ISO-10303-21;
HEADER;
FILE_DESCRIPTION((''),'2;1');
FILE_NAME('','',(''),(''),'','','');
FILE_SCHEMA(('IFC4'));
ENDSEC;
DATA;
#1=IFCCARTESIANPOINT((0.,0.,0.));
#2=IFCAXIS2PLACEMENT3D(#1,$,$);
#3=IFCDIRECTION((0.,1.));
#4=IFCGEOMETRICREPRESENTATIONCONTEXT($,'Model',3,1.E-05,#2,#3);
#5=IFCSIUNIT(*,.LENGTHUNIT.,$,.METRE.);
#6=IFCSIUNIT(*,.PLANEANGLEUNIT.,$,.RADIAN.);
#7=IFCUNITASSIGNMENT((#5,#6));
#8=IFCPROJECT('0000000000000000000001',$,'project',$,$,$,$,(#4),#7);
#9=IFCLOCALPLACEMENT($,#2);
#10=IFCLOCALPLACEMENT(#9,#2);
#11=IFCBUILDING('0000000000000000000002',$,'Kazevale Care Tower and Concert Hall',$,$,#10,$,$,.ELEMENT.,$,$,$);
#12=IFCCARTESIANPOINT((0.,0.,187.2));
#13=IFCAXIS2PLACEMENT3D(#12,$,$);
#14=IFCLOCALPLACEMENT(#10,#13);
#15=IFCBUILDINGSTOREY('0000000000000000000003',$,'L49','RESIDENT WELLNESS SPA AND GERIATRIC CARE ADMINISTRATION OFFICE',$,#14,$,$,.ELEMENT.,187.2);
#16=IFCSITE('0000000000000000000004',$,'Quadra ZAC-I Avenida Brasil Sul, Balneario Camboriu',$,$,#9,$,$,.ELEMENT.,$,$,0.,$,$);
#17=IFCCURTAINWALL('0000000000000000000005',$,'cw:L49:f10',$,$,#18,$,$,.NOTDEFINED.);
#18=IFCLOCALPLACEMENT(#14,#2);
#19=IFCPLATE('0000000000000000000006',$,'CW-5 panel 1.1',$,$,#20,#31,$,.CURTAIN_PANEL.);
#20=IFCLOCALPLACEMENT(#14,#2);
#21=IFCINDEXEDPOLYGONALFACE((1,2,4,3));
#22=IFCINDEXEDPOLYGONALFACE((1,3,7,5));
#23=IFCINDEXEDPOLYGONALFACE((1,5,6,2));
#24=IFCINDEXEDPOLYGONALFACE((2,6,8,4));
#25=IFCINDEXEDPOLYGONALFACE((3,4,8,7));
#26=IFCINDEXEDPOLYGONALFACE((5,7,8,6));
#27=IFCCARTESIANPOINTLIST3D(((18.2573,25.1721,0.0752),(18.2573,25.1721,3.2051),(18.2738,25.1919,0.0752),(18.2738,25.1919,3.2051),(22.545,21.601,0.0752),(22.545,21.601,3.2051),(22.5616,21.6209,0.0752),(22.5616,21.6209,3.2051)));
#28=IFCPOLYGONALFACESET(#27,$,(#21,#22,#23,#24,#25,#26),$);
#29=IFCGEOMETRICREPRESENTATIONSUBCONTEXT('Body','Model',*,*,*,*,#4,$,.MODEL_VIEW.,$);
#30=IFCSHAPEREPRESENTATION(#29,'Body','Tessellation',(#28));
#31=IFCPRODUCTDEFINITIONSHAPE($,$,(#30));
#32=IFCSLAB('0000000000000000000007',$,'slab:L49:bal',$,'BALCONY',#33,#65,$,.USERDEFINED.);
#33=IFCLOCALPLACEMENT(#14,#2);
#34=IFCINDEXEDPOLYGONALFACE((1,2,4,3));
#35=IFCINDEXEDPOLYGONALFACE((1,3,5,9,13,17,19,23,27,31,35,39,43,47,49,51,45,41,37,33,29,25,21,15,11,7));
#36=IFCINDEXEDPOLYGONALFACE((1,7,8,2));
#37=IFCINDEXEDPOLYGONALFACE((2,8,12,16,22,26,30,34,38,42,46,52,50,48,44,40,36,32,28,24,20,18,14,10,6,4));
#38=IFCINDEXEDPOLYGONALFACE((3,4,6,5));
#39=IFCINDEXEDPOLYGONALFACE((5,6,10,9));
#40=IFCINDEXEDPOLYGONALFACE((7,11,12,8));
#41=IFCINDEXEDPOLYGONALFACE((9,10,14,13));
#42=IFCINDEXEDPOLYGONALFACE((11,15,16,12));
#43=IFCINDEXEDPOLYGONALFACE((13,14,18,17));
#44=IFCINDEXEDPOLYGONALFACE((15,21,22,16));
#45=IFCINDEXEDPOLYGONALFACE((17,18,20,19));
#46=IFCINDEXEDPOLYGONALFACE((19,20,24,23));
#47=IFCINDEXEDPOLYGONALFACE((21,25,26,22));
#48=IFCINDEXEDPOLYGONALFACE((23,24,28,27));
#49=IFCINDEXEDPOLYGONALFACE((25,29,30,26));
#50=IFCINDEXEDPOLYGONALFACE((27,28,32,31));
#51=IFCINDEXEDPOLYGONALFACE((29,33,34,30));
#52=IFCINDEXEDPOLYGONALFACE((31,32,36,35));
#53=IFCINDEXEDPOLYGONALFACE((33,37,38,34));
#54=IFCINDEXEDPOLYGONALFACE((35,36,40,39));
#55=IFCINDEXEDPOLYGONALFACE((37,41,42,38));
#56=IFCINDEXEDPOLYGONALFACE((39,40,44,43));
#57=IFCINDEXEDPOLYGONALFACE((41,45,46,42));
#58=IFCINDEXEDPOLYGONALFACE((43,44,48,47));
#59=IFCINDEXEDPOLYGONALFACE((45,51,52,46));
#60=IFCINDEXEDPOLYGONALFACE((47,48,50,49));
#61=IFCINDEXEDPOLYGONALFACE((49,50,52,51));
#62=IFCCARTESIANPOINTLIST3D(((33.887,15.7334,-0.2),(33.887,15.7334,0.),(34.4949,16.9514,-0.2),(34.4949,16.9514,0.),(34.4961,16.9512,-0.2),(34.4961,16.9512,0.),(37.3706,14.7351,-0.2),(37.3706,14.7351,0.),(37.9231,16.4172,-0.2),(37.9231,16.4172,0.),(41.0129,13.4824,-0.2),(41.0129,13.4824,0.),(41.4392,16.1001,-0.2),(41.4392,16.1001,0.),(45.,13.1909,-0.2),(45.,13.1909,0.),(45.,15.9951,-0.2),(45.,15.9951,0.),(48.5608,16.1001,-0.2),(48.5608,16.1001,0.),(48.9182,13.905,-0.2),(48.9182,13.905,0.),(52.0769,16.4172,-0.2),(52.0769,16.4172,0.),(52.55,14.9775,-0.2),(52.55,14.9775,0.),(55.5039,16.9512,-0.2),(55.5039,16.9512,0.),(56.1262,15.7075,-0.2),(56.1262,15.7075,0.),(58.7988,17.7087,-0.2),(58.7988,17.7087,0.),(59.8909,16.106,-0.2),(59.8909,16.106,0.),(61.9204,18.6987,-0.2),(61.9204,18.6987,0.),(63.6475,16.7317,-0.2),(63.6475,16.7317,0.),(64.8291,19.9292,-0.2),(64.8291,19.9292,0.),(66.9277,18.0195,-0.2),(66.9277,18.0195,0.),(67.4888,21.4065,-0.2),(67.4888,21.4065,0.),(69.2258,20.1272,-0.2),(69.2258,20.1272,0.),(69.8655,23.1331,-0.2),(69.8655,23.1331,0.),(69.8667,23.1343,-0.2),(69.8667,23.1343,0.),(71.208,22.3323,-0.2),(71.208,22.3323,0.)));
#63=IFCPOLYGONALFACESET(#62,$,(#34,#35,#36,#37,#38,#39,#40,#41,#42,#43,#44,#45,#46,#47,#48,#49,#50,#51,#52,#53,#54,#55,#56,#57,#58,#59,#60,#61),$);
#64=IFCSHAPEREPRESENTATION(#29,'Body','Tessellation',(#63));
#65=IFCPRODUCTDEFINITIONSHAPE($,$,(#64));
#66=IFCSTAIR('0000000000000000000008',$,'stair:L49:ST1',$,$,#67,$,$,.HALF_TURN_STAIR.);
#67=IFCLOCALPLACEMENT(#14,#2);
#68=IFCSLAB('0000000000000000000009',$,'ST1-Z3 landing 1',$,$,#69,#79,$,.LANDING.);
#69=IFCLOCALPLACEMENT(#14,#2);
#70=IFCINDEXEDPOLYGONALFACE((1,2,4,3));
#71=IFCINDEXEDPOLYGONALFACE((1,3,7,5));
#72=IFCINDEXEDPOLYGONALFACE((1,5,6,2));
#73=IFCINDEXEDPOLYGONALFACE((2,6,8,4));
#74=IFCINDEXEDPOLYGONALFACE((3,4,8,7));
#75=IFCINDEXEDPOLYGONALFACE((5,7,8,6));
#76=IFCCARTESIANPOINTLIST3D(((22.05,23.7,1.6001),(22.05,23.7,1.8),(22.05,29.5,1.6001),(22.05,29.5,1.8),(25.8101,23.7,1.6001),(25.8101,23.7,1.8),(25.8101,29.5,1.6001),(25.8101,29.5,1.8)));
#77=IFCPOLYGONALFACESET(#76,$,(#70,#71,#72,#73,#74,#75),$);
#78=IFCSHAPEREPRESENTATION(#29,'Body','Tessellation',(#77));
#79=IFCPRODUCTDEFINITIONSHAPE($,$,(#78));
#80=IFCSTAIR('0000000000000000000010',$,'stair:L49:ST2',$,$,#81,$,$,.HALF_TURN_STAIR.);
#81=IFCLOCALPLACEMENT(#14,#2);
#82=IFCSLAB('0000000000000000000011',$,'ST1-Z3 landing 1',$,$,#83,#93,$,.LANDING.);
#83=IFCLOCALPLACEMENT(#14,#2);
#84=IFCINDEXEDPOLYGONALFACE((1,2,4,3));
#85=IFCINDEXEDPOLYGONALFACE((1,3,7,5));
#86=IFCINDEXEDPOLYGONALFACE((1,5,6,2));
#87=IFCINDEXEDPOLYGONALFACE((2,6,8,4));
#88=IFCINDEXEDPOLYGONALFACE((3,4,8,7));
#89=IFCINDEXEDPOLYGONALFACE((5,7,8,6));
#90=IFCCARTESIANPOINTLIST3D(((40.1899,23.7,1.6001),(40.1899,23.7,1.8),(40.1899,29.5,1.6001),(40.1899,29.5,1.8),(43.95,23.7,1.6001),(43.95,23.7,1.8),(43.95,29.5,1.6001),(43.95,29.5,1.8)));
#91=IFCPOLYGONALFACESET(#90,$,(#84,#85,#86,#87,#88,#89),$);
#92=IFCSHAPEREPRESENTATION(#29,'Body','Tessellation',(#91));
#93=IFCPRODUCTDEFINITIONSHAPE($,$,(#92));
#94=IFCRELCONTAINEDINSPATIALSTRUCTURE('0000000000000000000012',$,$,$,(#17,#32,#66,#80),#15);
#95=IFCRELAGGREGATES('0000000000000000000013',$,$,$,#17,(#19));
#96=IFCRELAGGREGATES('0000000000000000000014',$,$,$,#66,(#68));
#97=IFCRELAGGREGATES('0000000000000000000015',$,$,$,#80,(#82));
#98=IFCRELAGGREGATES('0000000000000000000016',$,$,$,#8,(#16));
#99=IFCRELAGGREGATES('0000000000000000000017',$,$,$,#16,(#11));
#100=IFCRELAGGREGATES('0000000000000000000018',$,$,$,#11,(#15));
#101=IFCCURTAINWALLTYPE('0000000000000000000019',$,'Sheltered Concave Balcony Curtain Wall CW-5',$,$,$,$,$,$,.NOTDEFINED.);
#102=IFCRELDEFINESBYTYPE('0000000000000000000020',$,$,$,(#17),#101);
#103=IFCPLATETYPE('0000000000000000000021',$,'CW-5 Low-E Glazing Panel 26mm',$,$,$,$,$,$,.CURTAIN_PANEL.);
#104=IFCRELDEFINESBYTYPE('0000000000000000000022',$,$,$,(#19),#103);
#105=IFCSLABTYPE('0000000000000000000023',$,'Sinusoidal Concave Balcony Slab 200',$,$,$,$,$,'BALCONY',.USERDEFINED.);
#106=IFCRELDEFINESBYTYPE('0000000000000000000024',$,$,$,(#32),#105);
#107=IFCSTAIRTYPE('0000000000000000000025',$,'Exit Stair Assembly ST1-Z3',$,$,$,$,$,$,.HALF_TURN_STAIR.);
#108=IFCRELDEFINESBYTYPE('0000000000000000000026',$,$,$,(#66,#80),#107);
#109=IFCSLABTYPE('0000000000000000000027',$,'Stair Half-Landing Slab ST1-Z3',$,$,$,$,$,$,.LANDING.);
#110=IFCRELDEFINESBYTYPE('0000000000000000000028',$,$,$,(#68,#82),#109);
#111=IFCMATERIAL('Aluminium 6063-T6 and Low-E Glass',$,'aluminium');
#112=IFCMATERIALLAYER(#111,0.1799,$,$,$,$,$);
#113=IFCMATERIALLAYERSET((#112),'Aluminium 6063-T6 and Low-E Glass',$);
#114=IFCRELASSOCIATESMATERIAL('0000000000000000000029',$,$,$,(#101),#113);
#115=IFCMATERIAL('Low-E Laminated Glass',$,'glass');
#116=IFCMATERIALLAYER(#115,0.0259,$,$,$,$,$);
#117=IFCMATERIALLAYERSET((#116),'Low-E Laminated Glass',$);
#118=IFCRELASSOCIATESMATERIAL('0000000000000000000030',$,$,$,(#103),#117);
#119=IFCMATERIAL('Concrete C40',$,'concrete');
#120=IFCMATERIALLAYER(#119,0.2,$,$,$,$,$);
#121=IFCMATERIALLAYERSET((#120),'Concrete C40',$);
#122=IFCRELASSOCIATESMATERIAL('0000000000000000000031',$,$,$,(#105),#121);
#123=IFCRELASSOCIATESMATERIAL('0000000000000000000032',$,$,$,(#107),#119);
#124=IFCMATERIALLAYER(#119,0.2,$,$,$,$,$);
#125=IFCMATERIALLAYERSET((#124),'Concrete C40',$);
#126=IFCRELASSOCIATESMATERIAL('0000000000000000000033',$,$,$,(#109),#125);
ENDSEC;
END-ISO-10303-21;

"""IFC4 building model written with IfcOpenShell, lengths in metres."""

from ifc_helpers import new_model, si_unit, direction, frame, origin, origin_2d, place, context, subcontext, project, spatial, polyline, rectangle, outline, extrude, material, layer, layer_set, type_object, element, aggregate, save


model = new_model("IFC4")

# Units and contexts
model_context = context("Model", 3, precision=1e-05, world=origin(), true_north=direction((0.0, 1.0)))
body_context = subcontext(model_context, "Body", "Model", "MODEL_VIEW")
ifc_project = project(units=[si_unit("LENGTHUNIT", "METRE"), si_unit("PLANEANGLEUNIT", "RADIAN")], contexts=[model_context])

# Site, building, storey
site_placement = place(None, origin())
site = spatial("IfcSite", under=ifc_project, at=site_placement, Name="Quadra ZAC-I Avenida Brasil Sul, Balneario Camboriu", CompositionType="ELEMENT", RefElevation=0.0)
building_placement = place(site_placement, origin())
building = spatial("IfcBuilding", under=site, at=building_placement, Name="Kazevale Care Tower and Concert Hall", CompositionType="ELEMENT")
storey_placement = place(building_placement, frame((0.0, 0.0, 187.2)))
storey = spatial("IfcBuildingStorey", under=building, at=storey_placement, Name="L49", Description="RESIDENT WELLNESS SPA AND GERIATRIC CARE ADMINISTRATION OFFICE", CompositionType="ELEMENT", Elevation=187.2)

# Shared definitions
ifc_material_1 = material(Name="Aluminium 6063-T6 and Low-E Glass", Category="aluminium")
ifc_layer_1 = layer(ifc_material_1, 0.1799)
ifc_layer_set_1 = layer_set([ifc_layer_1], Name="Aluminium 6063-T6 and Low-E Glass")
curtain_wall_type = type_object("IfcCurtainWallType", Name="Sheltered Concave Balcony Curtain Wall CW-5", PredefinedType="NOTDEFINED", material=ifc_layer_set_1)

# Curtain wall
curtain_wall_1_placement = place(storey_placement, origin())
curtain_wall_1 = element("IfcCurtainWall", 1, at=curtain_wall_1_placement, inside=storey, type_object=curtain_wall_type, Name="cw:L49:f10", PredefinedType="NOTDEFINED")

# Plate
ifc_material_2 = material(Name="Low-E Laminated Glass", Category="glass")
ifc_layer_2 = layer(ifc_material_2, 0.0259)
ifc_layer_set_2 = layer_set([ifc_layer_2], Name="Low-E Laminated Glass")
plate_type = type_object("IfcPlateType", Name="CW-5 Low-E Glazing Panel 26mm", PredefinedType="CURTAIN_PANEL", material=ifc_layer_set_2)
plate_1_placement = place(storey_placement, frame((20.4094, 23.3965, 0.0752), z_axis=(0.0, 0.0, 1.0), x_axis=(-0.768407, 0.639961, 0.0)))
plate_1 = element("IfcPlate", 2, at=plate_1_placement, type_object=plate_type, Name="CW-5 panel 1.1", PredefinedType="CURTAIN_PANEL", context=body_context, shape_type="SweptSolid", body=[
    extrude(rectangle(XDim=5.5801, YDim=0.0259, at=origin_2d()), origin(), (0.0, 0.0, 1.0), 3.1299),
])
aggregate(curtain_wall_1, [plate_1])

# Slab
ifc_material_3 = material(Name="Concrete C40", Category="concrete")
ifc_layer_3 = layer(ifc_material_3, 0.2)
ifc_layer_set_3 = layer_set([ifc_layer_3], Name="Concrete C40")
slab_type_1 = type_object("IfcSlabType", Name="Sinusoidal Concave Balcony Slab 200", ElementType="BALCONY", PredefinedType="USERDEFINED", material=ifc_layer_set_3)
slab_1_placement = place(storey_placement, frame((0.0, 0.0, -0.2)))
element("IfcSlab", 3, at=slab_1_placement, inside=storey, type_object=slab_type_1, Name="slab:L49:bal", ObjectType="BALCONY", PredefinedType="USERDEFINED", context=body_context, shape_type="SweptSolid", body=[
    extrude(outline(polyline([(71.208, 22.3323), (69.2258, 20.1272), (66.9277, 18.0195), (63.6475, 16.7317), (59.8909, 16.106), (56.1262, 15.7075), (52.55, 14.9775), (48.9182, 13.905), (45.0, 13.1909), (41.0129, 13.4824), (37.3706, 14.7351), (33.887, 15.7334), (34.4949, 16.9514), (34.4961, 16.9512), (37.9231, 16.4172), (41.4392, 16.1001), (45.0, 15.9951), (48.5608, 16.1001), (52.0769, 16.4172), (55.5039, 16.9512), (58.7988, 17.7087), (61.9204, 18.6987), (64.8291, 19.9292), (67.4888, 21.4065), (69.8655, 23.1331), (69.8667, 23.1343), (71.208, 22.3323)])), origin(), (0.0, 0.0, 1.0), 0.2),
])

# Stairs, slabs
stair_type = type_object("IfcStairType", Name="Exit Stair Assembly ST1-Z3", PredefinedType="HALF_TURN_STAIR", material=ifc_material_3)
stair_1_placement = place(storey_placement, origin())
stair_1 = element("IfcStair", 4, at=stair_1_placement, inside=storey, type_object=stair_type, Name="stair:L49:ST1", PredefinedType="HALF_TURN_STAIR")
ifc_layer_4 = layer(ifc_material_3, 0.2)
ifc_layer_set_4 = layer_set([ifc_layer_4], Name="Concrete C40")
slab_type_2 = type_object("IfcSlabType", Name="Stair Half-Landing Slab ST1-Z3", PredefinedType="LANDING", material=ifc_layer_set_4)
slab_2_placement = place(storey_placement, frame((0.0, 0.0, 1.6001)))
slab_2 = element("IfcSlab", 5, at=slab_2_placement, type_object=slab_type_2, Name="ST1-Z3 landing 1", PredefinedType="LANDING", context=body_context, shape_type="SweptSolid", body=[
    extrude(outline(polyline([(22.05, 23.7), (25.8101, 23.7), (25.8101, 29.5), (22.05, 29.5), (22.05, 23.7)])), origin(), (0.0, 0.0, 1.0), 0.2),
])
aggregate(stair_1, [slab_2])
stair_2_placement = place(storey_placement, origin())
stair_2 = element("IfcStair", 6, at=stair_2_placement, inside=storey, type_object=stair_type, Name="stair:L49:ST2", PredefinedType="HALF_TURN_STAIR")
slab_3_placement = place(storey_placement, frame((0.0, 0.0, 1.6001)))
slab_3 = element("IfcSlab", 7, at=slab_3_placement, type_object=slab_type_2, Name="ST1-Z3 landing 1", PredefinedType="LANDING", context=body_context, shape_type="SweptSolid", body=[
    extrude(outline(polyline([(40.1899, 23.7), (43.95, 23.7), (43.95, 29.5), (40.1899, 29.5), (40.1899, 23.7)])), origin(), (0.0, 0.0, 1.0), 0.2),
])
aggregate(stair_2, [slab_3])

save(model, "model.ifc")
